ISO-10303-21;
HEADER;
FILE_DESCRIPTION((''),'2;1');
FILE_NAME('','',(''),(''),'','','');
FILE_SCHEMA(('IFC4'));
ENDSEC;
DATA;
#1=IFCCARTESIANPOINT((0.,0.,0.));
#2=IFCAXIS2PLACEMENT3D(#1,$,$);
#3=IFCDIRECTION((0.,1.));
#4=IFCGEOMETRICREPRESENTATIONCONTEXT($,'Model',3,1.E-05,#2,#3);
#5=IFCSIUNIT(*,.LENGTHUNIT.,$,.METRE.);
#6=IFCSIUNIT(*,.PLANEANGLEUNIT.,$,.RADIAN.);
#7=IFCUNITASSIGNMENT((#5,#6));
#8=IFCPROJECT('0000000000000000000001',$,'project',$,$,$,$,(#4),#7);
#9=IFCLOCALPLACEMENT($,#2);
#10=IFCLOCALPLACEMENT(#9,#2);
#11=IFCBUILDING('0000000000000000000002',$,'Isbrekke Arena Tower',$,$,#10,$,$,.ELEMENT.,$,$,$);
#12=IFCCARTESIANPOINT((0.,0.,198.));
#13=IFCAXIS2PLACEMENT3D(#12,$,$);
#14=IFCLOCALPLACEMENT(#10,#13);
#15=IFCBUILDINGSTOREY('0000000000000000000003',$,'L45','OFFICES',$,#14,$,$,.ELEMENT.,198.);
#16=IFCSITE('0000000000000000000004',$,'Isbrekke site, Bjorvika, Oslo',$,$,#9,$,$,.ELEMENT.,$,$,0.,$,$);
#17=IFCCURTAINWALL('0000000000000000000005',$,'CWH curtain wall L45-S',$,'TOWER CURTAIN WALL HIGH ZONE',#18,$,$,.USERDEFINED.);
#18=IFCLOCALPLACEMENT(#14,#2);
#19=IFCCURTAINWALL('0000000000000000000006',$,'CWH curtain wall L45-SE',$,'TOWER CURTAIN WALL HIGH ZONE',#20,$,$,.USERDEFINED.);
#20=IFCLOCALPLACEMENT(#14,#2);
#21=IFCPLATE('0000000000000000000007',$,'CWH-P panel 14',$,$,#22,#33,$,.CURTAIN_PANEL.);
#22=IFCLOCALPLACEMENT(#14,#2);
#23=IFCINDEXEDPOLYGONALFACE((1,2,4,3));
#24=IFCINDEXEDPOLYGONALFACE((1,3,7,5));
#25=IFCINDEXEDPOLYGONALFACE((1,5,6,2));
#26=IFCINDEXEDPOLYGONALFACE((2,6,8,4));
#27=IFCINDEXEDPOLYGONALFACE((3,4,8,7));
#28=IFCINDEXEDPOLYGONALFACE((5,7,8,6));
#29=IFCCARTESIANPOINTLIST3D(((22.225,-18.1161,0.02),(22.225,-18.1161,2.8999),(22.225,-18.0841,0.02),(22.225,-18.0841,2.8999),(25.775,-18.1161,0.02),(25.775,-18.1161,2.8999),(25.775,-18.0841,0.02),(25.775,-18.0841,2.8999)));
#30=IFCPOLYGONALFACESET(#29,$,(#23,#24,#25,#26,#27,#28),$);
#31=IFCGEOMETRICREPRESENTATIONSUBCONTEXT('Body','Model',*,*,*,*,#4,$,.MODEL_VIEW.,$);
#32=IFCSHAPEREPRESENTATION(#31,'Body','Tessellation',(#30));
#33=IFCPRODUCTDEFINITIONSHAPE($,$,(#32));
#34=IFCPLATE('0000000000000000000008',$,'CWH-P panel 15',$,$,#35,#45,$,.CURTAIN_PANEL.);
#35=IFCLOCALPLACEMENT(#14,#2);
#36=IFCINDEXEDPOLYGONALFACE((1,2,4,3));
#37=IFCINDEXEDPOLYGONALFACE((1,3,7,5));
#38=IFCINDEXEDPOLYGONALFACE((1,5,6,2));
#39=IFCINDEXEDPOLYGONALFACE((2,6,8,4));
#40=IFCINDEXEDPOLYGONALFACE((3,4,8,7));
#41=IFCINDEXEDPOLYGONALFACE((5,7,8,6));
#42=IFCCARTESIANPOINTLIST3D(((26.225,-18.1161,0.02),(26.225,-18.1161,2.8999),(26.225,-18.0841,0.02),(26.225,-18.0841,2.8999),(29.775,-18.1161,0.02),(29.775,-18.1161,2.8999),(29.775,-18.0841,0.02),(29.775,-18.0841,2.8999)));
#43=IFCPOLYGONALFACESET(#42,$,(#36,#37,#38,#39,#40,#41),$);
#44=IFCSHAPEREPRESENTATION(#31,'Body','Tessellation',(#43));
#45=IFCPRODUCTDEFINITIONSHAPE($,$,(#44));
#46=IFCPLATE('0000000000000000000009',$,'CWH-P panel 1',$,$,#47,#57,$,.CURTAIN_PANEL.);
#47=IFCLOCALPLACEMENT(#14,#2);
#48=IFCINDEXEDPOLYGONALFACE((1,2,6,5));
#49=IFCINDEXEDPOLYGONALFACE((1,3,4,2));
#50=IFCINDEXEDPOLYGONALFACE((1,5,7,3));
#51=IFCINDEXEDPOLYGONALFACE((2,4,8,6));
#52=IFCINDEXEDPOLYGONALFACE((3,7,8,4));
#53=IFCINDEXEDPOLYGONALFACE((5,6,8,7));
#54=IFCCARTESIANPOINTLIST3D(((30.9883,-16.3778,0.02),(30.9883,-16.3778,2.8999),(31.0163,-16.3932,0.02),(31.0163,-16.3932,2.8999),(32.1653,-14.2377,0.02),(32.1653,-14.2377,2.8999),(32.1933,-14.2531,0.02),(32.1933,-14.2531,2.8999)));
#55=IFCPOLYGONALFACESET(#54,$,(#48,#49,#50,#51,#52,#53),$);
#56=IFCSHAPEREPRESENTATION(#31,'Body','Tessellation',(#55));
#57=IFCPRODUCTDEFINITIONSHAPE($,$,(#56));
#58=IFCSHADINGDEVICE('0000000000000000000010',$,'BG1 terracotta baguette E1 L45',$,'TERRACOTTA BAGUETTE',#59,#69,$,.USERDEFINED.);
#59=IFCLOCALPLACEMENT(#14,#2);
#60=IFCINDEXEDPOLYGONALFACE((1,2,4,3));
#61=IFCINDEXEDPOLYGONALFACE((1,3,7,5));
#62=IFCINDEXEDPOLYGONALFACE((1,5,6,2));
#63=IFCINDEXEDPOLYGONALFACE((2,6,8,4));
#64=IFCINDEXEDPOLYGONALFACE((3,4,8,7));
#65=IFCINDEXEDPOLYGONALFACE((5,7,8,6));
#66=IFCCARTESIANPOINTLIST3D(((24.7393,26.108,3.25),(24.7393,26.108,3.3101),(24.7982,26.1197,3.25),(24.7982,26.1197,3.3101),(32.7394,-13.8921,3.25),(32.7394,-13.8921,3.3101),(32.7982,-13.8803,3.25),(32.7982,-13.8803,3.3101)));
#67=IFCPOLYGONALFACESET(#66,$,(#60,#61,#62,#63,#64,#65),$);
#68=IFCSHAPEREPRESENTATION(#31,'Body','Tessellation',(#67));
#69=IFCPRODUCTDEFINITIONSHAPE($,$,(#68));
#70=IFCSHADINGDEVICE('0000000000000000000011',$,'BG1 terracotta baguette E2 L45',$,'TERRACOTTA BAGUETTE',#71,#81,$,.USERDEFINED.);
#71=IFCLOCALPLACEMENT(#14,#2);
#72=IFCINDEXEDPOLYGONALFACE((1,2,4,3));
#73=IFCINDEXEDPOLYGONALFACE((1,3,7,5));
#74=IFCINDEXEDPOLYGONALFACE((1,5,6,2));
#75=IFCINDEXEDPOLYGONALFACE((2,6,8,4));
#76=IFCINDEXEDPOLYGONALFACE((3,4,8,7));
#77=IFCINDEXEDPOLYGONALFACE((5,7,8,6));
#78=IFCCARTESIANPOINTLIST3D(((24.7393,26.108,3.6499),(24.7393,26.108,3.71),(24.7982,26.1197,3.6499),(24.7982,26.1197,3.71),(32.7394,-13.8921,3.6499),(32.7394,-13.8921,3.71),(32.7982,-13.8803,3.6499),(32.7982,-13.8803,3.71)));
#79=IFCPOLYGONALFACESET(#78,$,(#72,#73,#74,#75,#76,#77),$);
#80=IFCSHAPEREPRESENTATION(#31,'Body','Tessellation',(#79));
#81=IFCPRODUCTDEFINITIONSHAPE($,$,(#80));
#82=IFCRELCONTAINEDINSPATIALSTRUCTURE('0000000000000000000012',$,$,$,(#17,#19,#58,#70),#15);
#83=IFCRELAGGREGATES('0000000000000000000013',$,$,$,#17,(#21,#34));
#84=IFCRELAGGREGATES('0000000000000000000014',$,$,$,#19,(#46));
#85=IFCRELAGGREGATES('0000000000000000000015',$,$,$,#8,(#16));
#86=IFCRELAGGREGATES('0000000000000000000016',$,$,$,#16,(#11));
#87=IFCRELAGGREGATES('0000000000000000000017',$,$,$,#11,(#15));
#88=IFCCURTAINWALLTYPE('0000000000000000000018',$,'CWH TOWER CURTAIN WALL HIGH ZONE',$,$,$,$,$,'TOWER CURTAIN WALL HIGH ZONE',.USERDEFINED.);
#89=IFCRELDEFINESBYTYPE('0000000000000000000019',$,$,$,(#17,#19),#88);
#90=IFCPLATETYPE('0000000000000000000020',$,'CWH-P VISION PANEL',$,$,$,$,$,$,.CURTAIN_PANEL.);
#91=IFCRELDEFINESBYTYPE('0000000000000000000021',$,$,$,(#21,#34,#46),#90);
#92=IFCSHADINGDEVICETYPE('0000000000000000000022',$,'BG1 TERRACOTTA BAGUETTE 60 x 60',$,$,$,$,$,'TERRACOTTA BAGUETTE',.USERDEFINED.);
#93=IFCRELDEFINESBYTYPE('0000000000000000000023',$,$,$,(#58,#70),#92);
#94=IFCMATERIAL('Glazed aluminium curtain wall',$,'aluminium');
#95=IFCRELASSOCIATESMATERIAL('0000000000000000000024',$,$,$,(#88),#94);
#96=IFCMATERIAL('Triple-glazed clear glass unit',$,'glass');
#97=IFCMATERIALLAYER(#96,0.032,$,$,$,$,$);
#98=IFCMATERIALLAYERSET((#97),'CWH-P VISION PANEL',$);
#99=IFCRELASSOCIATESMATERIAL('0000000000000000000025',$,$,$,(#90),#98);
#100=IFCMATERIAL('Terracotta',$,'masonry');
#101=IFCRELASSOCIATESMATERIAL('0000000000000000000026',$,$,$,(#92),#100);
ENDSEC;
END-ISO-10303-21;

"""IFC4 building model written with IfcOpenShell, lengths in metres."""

from ifc_helpers import new_model, si_unit, direction, frame, origin, origin_2d, place, context, subcontext, project, spatial, rectangle, extrude, material, layer, layer_set, material_profile, profile_set, type_object, element, aggregate, save


model = new_model("IFC4")

# Units and contexts
model_context = context("Model", 3, precision=1e-05, world=origin(), true_north=direction((0.0, 1.0)))
body_context = subcontext(model_context, "Body", "Model", "MODEL_VIEW")
ifc_project = project(units=[si_unit("LENGTHUNIT", "METRE"), si_unit("PLANEANGLEUNIT", "RADIAN")], contexts=[model_context])

# Site, building, storey
site_placement = place(None, origin())
site = spatial("IfcSite", under=ifc_project, at=site_placement, Name="Isbrekke site, Bjorvika, Oslo", CompositionType="ELEMENT", RefElevation=0.0)
building_placement = place(site_placement, origin())
building = spatial("IfcBuilding", under=site, at=building_placement, Name="Isbrekke Arena Tower", CompositionType="ELEMENT")
storey_placement = place(building_placement, frame((0.0, 0.0, 198.0)))
storey = spatial("IfcBuildingStorey", under=building, at=storey_placement, Name="L45", Description="OFFICES", CompositionType="ELEMENT", Elevation=198.0)

# Curtain walls
ifc_material_1 = material(Name="Glazed aluminium curtain wall", Category="aluminium")
curtain_wall_type = type_object("IfcCurtainWallType", Name="CWH TOWER CURTAIN WALL HIGH ZONE", ElementType="TOWER CURTAIN WALL HIGH ZONE", PredefinedType="USERDEFINED", material=ifc_material_1)
curtain_wall_1_placement = place(storey_placement, origin())
curtain_wall_1 = element("IfcCurtainWall", 1, at=curtain_wall_1_placement, inside=storey, type_object=curtain_wall_type, Name="CWH curtain wall L45-S", ObjectType="TOWER CURTAIN WALL HIGH ZONE", PredefinedType="USERDEFINED")
curtain_wall_2_placement = place(storey_placement, origin())
curtain_wall_2 = element("IfcCurtainWall", 2, at=curtain_wall_2_placement, inside=storey, type_object=curtain_wall_type, Name="CWH curtain wall L45-SE", ObjectType="TOWER CURTAIN WALL HIGH ZONE", PredefinedType="USERDEFINED")

# Plates
ifc_material_2 = material(Name="Triple-glazed clear glass unit", Category="glass")
ifc_layer = layer(ifc_material_2, 0.032)
ifc_layer_set = layer_set([ifc_layer], Name="CWH-P VISION PANEL")
plate_type = type_object("IfcPlateType", Name="CWH-P VISION PANEL", PredefinedType="CURTAIN_PANEL", material=ifc_layer_set)
plate_1_placement = place(storey_placement, frame((24.0, -18.1001, 0.02), z_axis=(0.0, 0.0, 1.0), x_axis=(1.0, 0.0, 0.0)))
plate_1 = element("IfcPlate", 3, at=plate_1_placement, type_object=plate_type, Name="CWH-P panel 14", PredefinedType="CURTAIN_PANEL", context=body_context, shape_type="SweptSolid", body=[
    extrude(rectangle(XDim=3.55, YDim=0.032, at=origin_2d()), origin(), (0.0, 0.0, 1.0), 2.8799),
])
plate_2_placement = place(storey_placement, frame((28.0, -18.1001, 0.02), z_axis=(0.0, 0.0, 1.0), x_axis=(1.0, 0.0, 0.0)))
plate_2 = element("IfcPlate", 4, at=plate_2_placement, type_object=plate_type, Name="CWH-P panel 15", PredefinedType="CURTAIN_PANEL", context=body_context, shape_type="SweptSolid", body=[
    extrude(rectangle(XDim=3.55, YDim=0.032, at=origin_2d()), origin(), (0.0, 0.0, 1.0), 2.8799),
])
aggregate(curtain_wall_1, [plate_1, plate_2])
plate_3_placement = place(storey_placement, frame((31.5908, -15.3154, 0.02), z_axis=(0.0, 0.0, 1.0), x_axis=(0.481919, 0.876216, 0.0)))
plate_3 = element("IfcPlate", 5, at=plate_3_placement, type_object=plate_type, Name="CWH-P panel 1", PredefinedType="CURTAIN_PANEL", context=body_context, shape_type="SweptSolid", body=[
    extrude(rectangle(XDim=2.4424, YDim=0.032, at=origin_2d()), origin(), (0.0, 0.0, 1.0), 2.8799),
])
aggregate(curtain_wall_2, [plate_3])

# Shading devices
ifc_material_3 = material(Name="Terracotta", Category="masonry")
ifc_material_profile_1 = material_profile(ifc_material_3, rectangle(XDim=0.0601, YDim=0.0601, at=origin_2d()), Name="BAGUETTE 60X60")
ifc_profile_set_1 = profile_set([ifc_material_profile_1], Name="Terracotta")
shading_device_type = type_object("IfcShadingDeviceType", Name="BG1 TERRACOTTA BAGUETTE 60 x 60", ElementType="TERRACOTTA BAGUETTE", PredefinedType="USERDEFINED", material=ifc_profile_set_1)
for number, where, z_axis, x_axis, name in (
    (6, (32.7688, -13.8862, 3.28), (-0.196116, 0.980581, 0.0), (-0.980581, -0.196116, 0.0), "BG1 terracotta baguette E1 L45"),
    (7, (32.7688, -13.8862, 3.6799), (-0.196116, 0.980581, 0.0), (-0.980581, -0.196116, 0.0), "BG1 terracotta baguette E2 L45"),
):
    element("IfcShadingDevice", number, at=place(storey_placement, frame(where, z_axis=z_axis, x_axis=x_axis)), inside=storey, type_object=shading_device_type, Name=name, ObjectType="TERRACOTTA BAGUETTE", PredefinedType="USERDEFINED", context=body_context, shape_type="SweptSolid", body=[
        extrude(rectangle(XDim=0.0601, YDim=0.0601, at=origin_2d()), origin(), (0.0, 0.0, 1.0), 40.7922),
    ])

save(model, "model.ifc")
